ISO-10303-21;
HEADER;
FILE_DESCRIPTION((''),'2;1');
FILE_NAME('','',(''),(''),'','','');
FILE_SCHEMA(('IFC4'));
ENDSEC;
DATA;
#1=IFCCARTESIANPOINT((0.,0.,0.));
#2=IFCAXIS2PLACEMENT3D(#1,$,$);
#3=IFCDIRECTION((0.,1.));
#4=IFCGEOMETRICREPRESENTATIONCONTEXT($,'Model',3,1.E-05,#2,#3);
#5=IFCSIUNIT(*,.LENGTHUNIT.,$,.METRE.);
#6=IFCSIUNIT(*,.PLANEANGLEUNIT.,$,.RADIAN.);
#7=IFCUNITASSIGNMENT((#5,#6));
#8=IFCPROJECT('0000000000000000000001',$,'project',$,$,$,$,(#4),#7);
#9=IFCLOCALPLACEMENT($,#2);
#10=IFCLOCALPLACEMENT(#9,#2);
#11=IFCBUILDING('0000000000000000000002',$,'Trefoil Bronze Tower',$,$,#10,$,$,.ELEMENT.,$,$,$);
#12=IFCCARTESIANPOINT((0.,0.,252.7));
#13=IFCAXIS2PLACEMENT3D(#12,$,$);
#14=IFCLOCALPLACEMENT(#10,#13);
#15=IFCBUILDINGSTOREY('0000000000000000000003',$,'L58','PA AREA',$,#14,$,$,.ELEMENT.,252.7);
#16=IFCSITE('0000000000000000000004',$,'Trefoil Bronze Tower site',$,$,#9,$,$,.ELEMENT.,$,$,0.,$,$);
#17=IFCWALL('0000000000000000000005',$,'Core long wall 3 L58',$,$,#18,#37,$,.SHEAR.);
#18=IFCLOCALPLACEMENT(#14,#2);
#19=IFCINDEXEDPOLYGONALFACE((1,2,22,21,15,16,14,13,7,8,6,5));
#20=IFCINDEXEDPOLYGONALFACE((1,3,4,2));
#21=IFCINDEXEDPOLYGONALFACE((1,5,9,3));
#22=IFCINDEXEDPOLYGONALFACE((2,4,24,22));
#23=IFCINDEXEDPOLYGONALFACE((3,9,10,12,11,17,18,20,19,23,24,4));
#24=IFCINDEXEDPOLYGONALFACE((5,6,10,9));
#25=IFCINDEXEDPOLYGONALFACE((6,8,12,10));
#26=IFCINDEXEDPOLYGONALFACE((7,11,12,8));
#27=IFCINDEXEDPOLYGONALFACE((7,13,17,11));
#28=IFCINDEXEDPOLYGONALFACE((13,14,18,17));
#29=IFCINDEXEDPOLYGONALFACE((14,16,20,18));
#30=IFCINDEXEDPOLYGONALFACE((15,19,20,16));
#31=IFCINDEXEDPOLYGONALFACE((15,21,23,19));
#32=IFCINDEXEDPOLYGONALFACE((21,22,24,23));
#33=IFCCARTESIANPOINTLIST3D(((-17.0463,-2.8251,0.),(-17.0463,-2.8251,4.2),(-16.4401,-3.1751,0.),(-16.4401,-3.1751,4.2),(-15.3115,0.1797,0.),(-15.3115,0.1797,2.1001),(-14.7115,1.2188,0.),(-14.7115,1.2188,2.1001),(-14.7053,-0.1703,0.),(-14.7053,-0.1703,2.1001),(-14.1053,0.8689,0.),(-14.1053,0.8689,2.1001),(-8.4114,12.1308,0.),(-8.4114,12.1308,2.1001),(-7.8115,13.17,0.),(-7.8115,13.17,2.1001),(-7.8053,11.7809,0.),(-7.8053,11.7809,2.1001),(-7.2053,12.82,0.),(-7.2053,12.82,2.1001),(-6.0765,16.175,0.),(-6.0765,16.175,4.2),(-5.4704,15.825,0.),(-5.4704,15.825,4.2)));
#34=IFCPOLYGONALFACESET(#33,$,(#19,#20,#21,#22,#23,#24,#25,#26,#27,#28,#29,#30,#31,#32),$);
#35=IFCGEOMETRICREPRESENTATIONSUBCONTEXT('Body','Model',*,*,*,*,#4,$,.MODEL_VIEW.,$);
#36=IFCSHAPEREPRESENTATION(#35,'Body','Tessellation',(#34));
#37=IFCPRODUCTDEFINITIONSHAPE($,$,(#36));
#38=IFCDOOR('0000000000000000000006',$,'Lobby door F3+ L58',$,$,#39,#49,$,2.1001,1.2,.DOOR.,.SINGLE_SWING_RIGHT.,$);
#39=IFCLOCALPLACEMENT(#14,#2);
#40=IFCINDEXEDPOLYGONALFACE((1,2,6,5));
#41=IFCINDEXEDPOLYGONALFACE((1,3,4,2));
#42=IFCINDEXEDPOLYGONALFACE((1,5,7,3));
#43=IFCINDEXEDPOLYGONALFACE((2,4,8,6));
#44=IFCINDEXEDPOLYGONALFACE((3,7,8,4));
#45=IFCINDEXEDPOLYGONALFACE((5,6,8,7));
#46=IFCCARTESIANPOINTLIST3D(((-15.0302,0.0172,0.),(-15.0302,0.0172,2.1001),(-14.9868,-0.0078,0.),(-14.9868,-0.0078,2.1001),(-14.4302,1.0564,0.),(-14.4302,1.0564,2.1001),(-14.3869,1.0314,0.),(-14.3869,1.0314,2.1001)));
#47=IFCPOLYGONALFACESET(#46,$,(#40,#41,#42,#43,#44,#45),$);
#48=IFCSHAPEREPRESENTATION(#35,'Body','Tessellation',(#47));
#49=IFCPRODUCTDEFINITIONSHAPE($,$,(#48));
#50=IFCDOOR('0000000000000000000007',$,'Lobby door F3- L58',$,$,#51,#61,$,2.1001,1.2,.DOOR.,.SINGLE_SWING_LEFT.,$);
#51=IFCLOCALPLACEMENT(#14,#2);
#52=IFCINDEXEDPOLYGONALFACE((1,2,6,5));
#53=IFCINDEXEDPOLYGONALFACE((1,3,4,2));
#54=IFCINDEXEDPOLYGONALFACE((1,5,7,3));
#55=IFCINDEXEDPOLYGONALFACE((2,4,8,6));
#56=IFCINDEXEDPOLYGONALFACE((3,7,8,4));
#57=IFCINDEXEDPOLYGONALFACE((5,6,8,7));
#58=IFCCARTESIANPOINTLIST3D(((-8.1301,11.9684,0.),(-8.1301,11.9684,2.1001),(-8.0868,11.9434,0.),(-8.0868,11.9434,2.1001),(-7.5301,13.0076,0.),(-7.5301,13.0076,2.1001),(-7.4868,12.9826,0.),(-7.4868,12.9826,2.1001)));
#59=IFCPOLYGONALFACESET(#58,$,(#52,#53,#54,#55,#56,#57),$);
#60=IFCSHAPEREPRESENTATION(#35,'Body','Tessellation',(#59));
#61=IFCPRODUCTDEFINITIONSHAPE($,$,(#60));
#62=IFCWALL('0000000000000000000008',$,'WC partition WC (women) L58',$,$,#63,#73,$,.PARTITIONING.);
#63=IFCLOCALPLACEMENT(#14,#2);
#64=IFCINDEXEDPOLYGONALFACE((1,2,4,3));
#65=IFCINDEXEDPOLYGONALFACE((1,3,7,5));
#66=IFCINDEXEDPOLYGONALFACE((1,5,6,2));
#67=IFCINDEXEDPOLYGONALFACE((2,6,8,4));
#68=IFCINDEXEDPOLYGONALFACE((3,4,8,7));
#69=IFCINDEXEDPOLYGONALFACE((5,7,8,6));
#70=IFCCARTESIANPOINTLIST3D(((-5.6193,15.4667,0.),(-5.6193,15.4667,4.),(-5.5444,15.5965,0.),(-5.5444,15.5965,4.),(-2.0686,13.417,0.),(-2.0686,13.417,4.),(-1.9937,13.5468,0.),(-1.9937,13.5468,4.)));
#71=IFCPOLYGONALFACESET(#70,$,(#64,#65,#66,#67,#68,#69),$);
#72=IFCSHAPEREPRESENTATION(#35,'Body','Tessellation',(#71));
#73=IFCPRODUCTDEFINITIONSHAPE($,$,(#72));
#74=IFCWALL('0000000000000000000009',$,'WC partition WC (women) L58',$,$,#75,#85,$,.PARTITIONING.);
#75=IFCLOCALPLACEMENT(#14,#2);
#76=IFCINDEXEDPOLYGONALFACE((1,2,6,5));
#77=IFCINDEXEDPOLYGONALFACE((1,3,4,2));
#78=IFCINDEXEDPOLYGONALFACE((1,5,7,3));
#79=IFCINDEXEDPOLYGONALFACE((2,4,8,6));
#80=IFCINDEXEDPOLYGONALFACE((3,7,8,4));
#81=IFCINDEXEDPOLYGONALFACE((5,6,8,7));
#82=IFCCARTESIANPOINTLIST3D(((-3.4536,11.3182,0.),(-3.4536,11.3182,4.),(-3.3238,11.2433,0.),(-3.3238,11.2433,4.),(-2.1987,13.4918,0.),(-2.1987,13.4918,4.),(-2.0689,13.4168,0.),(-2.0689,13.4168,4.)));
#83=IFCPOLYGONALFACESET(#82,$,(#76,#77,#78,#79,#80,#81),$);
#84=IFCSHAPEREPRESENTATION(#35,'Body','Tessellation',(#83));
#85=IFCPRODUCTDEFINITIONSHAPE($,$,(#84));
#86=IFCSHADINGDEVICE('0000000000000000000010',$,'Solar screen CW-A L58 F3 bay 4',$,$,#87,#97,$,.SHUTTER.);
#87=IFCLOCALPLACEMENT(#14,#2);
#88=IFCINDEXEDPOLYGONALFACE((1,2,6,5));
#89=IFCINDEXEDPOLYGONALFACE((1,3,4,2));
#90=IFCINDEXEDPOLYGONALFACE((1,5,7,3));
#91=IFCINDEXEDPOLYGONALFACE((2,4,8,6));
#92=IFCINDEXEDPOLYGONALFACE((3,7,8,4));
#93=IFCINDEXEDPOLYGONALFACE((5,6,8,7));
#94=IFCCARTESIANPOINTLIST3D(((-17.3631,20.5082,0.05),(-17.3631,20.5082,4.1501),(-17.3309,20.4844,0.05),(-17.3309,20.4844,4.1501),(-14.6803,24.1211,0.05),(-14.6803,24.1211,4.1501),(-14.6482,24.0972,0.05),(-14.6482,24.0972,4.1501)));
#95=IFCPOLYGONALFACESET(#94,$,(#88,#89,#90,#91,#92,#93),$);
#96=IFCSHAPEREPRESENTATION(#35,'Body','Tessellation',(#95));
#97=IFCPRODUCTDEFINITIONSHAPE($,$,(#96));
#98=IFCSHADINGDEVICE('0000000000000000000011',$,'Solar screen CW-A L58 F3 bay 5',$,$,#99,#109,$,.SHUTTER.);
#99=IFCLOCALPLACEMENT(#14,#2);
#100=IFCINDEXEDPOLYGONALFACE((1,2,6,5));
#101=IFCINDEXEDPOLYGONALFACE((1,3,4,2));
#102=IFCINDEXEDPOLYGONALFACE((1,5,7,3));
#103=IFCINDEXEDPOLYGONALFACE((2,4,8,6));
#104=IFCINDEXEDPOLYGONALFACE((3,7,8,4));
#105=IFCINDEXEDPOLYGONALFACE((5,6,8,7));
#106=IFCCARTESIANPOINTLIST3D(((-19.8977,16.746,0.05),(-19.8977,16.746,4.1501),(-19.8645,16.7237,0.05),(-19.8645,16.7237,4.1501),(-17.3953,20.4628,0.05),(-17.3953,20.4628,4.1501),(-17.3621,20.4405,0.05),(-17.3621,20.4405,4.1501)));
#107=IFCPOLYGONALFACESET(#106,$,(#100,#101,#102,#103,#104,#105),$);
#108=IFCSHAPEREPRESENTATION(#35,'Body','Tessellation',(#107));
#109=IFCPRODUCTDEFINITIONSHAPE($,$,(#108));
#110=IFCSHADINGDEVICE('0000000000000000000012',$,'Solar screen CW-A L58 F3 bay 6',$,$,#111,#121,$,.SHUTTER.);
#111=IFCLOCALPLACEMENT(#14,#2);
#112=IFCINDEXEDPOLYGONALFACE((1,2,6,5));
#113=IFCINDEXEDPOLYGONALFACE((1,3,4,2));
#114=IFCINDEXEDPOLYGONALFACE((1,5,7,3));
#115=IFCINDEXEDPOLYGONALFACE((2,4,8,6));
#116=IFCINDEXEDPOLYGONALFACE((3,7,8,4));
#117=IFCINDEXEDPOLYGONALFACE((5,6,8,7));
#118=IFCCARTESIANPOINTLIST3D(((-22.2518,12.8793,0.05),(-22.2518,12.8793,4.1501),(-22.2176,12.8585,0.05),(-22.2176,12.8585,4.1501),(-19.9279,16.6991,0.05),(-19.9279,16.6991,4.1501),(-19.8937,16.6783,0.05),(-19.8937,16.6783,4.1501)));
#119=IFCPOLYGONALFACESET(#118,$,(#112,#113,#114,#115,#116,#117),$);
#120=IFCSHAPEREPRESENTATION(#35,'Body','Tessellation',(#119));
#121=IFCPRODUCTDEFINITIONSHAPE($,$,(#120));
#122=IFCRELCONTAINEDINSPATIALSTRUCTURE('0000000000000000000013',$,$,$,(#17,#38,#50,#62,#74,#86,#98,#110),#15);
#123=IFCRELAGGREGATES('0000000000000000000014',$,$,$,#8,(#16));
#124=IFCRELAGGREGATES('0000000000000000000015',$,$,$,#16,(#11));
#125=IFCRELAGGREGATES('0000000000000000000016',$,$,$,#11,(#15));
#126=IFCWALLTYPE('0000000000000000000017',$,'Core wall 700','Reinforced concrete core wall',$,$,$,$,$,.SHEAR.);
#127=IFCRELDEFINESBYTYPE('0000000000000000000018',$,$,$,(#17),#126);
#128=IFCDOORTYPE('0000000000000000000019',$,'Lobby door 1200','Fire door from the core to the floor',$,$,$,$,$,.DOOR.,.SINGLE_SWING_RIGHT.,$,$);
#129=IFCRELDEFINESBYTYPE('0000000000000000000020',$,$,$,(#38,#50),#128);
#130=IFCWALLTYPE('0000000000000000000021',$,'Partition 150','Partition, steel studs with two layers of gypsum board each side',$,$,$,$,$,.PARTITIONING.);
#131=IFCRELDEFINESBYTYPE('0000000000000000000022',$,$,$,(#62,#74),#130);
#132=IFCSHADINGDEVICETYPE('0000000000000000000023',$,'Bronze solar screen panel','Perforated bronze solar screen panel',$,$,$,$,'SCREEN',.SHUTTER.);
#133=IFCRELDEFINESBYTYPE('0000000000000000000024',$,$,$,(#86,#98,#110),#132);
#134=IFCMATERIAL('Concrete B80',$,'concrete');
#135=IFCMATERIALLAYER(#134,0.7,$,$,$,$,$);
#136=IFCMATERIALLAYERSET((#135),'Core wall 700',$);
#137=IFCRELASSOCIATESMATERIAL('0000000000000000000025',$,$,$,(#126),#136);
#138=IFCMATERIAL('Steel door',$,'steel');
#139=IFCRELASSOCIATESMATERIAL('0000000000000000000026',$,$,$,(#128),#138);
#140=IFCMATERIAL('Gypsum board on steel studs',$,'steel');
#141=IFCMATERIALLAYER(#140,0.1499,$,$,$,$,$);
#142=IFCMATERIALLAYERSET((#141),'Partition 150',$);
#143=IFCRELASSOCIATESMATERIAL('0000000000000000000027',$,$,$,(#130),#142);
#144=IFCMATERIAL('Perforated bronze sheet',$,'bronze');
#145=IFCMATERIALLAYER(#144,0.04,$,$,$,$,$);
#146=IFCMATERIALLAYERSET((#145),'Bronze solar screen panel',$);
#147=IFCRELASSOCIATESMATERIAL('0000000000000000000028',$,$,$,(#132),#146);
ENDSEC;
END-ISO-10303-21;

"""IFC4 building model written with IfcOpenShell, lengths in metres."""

from ifc_helpers import new_model, si_unit, direction, frame, frame_2d, origin, origin_2d, place, context, subcontext, project, spatial, rectangle, extrude, material, layer, layer_set, type_object, element, fill, save


model = new_model("IFC4")

# Units and contexts
model_context = context("Model", 3, precision=1e-05, world=origin(), true_north=direction((0.0, 1.0)))
body_context = subcontext(model_context, "Body", "Model", "MODEL_VIEW")
ifc_project = project(units=[si_unit("LENGTHUNIT", "METRE"), si_unit("PLANEANGLEUNIT", "RADIAN")], contexts=[model_context])

# Site, building, storey
site_placement = place(None, origin())
site = spatial("IfcSite", under=ifc_project, at=site_placement, Name="Trefoil Bronze Tower site", CompositionType="ELEMENT", RefElevation=0.0)
building_placement = place(site_placement, origin())
building = spatial("IfcBuilding", under=site, at=building_placement, Name="Trefoil Bronze Tower", CompositionType="ELEMENT")
storey_placement = place(building_placement, frame((0.0, 0.0, 252.7)))
storey = spatial("IfcBuildingStorey", under=building, at=storey_placement, Name="L58", Description="PA AREA", CompositionType="ELEMENT", Elevation=252.7)

# Wall, openings, doors
ifc_material_1 = material(Name="Concrete B80", Category="concrete")
ifc_layer_1 = layer(ifc_material_1, 0.7)
ifc_layer_set_1 = layer_set([ifc_layer_1], Name="Core wall 700")
wall_type_1 = type_object("IfcWallType", Name="Core wall 700", Description="Reinforced concrete core wall", PredefinedType="SHEAR", material=ifc_layer_set_1)
wall_1_placement = place(storey_placement, frame((-5.7734, 16.0, 0.0), z_axis=(0.0, 0.0, 1.0), x_axis=(-0.500002, -0.866024, 0.0)))
wall_1 = element("IfcWall", 1, at=wall_1_placement, inside=storey, type_object=wall_type_1, Name="Core long wall 3 L58", PredefinedType="SHEAR", context=body_context, shape_type="SweptSolid", body=[
    extrude(rectangle(XDim=21.9395, YDim=0.7, at=frame_2d((10.9697, 0.0))), origin(), (0.0, 0.0, 1.0), 4.2),
])
opening_1_placement = place(wall_1_placement, frame((17.2698, 0.0, 0.0)))
opening_1 = element("IfcOpeningElement", 2, at=opening_1_placement, cuts=wall_1, PredefinedType="OPENING", context=body_context, shape_type="SweptSolid", body=[
    extrude(rectangle(XDim=1.2, YDim=2.1001, at=frame_2d((0.6001, 1.05))), frame((0.0, 0.3599, 0.0), z_axis=(0.0, -1.0, 0.0), x_axis=(1.0, 0.0, 0.0)), (0.0, 0.0, 1.0), 0.72),
])
opening_2_placement = place(wall_1_placement, frame((3.4697, 0.0, 0.0)))
opening_2 = element("IfcOpeningElement", 3, at=opening_2_placement, cuts=wall_1, PredefinedType="OPENING", context=body_context, shape_type="SweptSolid", body=[
    extrude(rectangle(XDim=1.2, YDim=2.1001, at=frame_2d((0.6001, 1.05))), frame((0.0, 0.3599, 0.0), z_axis=(0.0, -1.0, 0.0), x_axis=(1.0, 0.0, 0.0)), (0.0, 0.0, 1.0), 0.72),
])
ifc_material_2 = material(Name="Steel door", Category="steel")
door_type = type_object("IfcDoorType", Name="Lobby door 1200", Description="Fire door from the core to the floor", OperationType="SINGLE_SWING_RIGHT", PredefinedType="DOOR", material=ifc_material_2)
door_1_placement = place(opening_1_placement, origin())
door_1 = element("IfcDoor", 4, at=door_1_placement, inside=storey, type_object=door_type, Name="Lobby door F3+ L58", OperationType="SINGLE_SWING_RIGHT", OverallHeight=2.1001, OverallWidth=1.2, PredefinedType="DOOR", context=body_context, shape_type="SweptSolid", body=[
    extrude(rectangle(XDim=1.2, YDim=2.1001, at=frame_2d((0.6001, 1.05))), frame((0.0, 0.0249, 0.0), z_axis=(0.0, -1.0, 0.0), x_axis=(1.0, 0.0, 0.0)), (0.0, 0.0, 1.0), 0.05),
])
fill(opening_1, door_1)
door_2_placement = place(opening_2_placement, origin())
door_2 = element("IfcDoor", 5, at=door_2_placement, inside=storey, type_object=door_type, Name="Lobby door F3- L58", OperationType="SINGLE_SWING_LEFT", OverallHeight=2.1001, OverallWidth=1.2, PredefinedType="DOOR", context=body_context, shape_type="SweptSolid", body=[
    extrude(rectangle(XDim=1.2, YDim=2.1001, at=frame_2d((0.6001, 1.05))), frame((0.0, 0.0249, 0.0), z_axis=(0.0, -1.0, 0.0), x_axis=(1.0, 0.0, 0.0)), (0.0, 0.0, 1.0), 0.05),
])
fill(opening_2, door_2)

# Walls
ifc_material_3 = material(Name="Gypsum board on steel studs", Category="steel")
ifc_layer_2 = layer(ifc_material_3, 0.1499)
ifc_layer_set_2 = layer_set([ifc_layer_2], Name="Partition 150")
wall_type_2 = type_object("IfcWallType", Name="Partition 150", Description="Partition, steel studs with two layers of gypsum board each side", PredefinedType="PARTITIONING", material=ifc_layer_set_2)
wall_2_placement = place(storey_placement, frame((-2.0312, 13.4819, 0.0), z_axis=(0.0, 0.0, 1.0), x_axis=(-0.866051, 0.499956, 0.0)))
element("IfcWall", 6, at=wall_2_placement, inside=storey, type_object=wall_type_2, Name="WC partition WC (women) L58", PredefinedType="PARTITIONING", context=body_context, shape_type="SweptSolid", body=[
    extrude(rectangle(XDim=4.0999, YDim=0.1499, at=frame_2d((2.0498, 0.0))), origin(), (0.0, 0.0, 1.0), 4.0),
])
wall_3_placement = place(storey_placement, frame((-3.3887, 11.2808, 0.0), z_axis=(0.0, 0.0, 1.0), x_axis=(0.499989, 0.866032, 0.0)))
element("IfcWall", 7, at=wall_3_placement, inside=storey, type_object=wall_type_2, Name="WC partition WC (women) L58", PredefinedType="PARTITIONING", context=body_context, shape_type="SweptSolid", body=[
    extrude(rectangle(XDim=2.5098, YDim=0.1499, at=frame_2d((1.2549, 0.0))), origin(), (0.0, 0.0, 1.0), 4.0),
])

# Shading devices
ifc_material_4 = material(Name="Perforated bronze sheet", Category="bronze")
ifc_layer_3 = layer(ifc_material_4, 0.04)
ifc_layer_set_3 = layer_set([ifc_layer_3], Name="Bronze solar screen panel")
shading_device_type = type_object("IfcShadingDeviceType", Name="Bronze solar screen panel", Description="Perforated bronze solar screen panel", ElementType="SCREEN", PredefinedType="SHUTTER", material=ifc_layer_set_3)
shading_device_1_placement = place(storey_placement, frame((-16.0056, 22.3027, 0.05), z_axis=(0.0, 0.0, 1.0), x_axis=(-0.596162, -0.802865, 0.0)))
element("IfcShadingDevice", 8, at=shading_device_1_placement, inside=storey, type_object=shading_device_type, Name="Solar screen CW-A L58 F3 bay 4", PredefinedType="SHUTTER", context=body_context, shape_type="SweptSolid", body=[
    extrude(rectangle(XDim=4.5, YDim=0.04, at=origin_2d()), origin(), (0.0, 0.0, 1.0), 4.1001),
])
shading_device_2_placement = place(storey_placement, frame((-18.6299, 18.5933, 0.05), z_axis=(0.0, 0.0, 1.0), x_axis=(-0.558493, -0.829509, 0.0)))
element("IfcShadingDevice", 9, at=shading_device_2_placement, inside=storey, type_object=shading_device_type, Name="Solar screen CW-A L58 F3 bay 5", PredefinedType="SHUTTER", context=body_context, shape_type="SweptSolid", body=[
    extrude(rectangle(XDim=4.4807, YDim=0.04, at=origin_2d()), origin(), (0.0, 0.0, 1.0), 4.1001),
])
shading_device_3_placement = place(storey_placement, frame((-21.0728, 14.7788, 0.05), z_axis=(0.0, 0.0, 1.0), x_axis=(-0.519762, -0.854311, 0.0)))
element("IfcShadingDevice", 10, at=shading_device_3_placement, inside=storey, type_object=shading_device_type, Name="Solar screen CW-A L58 F3 bay 6", PredefinedType="SHUTTER", context=body_context, shape_type="SweptSolid", body=[
    extrude(rectangle(XDim=4.4712, YDim=0.04, at=origin_2d()), origin(), (0.0, 0.0, 1.0), 4.1001),
])

save(model, "model.ifc")
